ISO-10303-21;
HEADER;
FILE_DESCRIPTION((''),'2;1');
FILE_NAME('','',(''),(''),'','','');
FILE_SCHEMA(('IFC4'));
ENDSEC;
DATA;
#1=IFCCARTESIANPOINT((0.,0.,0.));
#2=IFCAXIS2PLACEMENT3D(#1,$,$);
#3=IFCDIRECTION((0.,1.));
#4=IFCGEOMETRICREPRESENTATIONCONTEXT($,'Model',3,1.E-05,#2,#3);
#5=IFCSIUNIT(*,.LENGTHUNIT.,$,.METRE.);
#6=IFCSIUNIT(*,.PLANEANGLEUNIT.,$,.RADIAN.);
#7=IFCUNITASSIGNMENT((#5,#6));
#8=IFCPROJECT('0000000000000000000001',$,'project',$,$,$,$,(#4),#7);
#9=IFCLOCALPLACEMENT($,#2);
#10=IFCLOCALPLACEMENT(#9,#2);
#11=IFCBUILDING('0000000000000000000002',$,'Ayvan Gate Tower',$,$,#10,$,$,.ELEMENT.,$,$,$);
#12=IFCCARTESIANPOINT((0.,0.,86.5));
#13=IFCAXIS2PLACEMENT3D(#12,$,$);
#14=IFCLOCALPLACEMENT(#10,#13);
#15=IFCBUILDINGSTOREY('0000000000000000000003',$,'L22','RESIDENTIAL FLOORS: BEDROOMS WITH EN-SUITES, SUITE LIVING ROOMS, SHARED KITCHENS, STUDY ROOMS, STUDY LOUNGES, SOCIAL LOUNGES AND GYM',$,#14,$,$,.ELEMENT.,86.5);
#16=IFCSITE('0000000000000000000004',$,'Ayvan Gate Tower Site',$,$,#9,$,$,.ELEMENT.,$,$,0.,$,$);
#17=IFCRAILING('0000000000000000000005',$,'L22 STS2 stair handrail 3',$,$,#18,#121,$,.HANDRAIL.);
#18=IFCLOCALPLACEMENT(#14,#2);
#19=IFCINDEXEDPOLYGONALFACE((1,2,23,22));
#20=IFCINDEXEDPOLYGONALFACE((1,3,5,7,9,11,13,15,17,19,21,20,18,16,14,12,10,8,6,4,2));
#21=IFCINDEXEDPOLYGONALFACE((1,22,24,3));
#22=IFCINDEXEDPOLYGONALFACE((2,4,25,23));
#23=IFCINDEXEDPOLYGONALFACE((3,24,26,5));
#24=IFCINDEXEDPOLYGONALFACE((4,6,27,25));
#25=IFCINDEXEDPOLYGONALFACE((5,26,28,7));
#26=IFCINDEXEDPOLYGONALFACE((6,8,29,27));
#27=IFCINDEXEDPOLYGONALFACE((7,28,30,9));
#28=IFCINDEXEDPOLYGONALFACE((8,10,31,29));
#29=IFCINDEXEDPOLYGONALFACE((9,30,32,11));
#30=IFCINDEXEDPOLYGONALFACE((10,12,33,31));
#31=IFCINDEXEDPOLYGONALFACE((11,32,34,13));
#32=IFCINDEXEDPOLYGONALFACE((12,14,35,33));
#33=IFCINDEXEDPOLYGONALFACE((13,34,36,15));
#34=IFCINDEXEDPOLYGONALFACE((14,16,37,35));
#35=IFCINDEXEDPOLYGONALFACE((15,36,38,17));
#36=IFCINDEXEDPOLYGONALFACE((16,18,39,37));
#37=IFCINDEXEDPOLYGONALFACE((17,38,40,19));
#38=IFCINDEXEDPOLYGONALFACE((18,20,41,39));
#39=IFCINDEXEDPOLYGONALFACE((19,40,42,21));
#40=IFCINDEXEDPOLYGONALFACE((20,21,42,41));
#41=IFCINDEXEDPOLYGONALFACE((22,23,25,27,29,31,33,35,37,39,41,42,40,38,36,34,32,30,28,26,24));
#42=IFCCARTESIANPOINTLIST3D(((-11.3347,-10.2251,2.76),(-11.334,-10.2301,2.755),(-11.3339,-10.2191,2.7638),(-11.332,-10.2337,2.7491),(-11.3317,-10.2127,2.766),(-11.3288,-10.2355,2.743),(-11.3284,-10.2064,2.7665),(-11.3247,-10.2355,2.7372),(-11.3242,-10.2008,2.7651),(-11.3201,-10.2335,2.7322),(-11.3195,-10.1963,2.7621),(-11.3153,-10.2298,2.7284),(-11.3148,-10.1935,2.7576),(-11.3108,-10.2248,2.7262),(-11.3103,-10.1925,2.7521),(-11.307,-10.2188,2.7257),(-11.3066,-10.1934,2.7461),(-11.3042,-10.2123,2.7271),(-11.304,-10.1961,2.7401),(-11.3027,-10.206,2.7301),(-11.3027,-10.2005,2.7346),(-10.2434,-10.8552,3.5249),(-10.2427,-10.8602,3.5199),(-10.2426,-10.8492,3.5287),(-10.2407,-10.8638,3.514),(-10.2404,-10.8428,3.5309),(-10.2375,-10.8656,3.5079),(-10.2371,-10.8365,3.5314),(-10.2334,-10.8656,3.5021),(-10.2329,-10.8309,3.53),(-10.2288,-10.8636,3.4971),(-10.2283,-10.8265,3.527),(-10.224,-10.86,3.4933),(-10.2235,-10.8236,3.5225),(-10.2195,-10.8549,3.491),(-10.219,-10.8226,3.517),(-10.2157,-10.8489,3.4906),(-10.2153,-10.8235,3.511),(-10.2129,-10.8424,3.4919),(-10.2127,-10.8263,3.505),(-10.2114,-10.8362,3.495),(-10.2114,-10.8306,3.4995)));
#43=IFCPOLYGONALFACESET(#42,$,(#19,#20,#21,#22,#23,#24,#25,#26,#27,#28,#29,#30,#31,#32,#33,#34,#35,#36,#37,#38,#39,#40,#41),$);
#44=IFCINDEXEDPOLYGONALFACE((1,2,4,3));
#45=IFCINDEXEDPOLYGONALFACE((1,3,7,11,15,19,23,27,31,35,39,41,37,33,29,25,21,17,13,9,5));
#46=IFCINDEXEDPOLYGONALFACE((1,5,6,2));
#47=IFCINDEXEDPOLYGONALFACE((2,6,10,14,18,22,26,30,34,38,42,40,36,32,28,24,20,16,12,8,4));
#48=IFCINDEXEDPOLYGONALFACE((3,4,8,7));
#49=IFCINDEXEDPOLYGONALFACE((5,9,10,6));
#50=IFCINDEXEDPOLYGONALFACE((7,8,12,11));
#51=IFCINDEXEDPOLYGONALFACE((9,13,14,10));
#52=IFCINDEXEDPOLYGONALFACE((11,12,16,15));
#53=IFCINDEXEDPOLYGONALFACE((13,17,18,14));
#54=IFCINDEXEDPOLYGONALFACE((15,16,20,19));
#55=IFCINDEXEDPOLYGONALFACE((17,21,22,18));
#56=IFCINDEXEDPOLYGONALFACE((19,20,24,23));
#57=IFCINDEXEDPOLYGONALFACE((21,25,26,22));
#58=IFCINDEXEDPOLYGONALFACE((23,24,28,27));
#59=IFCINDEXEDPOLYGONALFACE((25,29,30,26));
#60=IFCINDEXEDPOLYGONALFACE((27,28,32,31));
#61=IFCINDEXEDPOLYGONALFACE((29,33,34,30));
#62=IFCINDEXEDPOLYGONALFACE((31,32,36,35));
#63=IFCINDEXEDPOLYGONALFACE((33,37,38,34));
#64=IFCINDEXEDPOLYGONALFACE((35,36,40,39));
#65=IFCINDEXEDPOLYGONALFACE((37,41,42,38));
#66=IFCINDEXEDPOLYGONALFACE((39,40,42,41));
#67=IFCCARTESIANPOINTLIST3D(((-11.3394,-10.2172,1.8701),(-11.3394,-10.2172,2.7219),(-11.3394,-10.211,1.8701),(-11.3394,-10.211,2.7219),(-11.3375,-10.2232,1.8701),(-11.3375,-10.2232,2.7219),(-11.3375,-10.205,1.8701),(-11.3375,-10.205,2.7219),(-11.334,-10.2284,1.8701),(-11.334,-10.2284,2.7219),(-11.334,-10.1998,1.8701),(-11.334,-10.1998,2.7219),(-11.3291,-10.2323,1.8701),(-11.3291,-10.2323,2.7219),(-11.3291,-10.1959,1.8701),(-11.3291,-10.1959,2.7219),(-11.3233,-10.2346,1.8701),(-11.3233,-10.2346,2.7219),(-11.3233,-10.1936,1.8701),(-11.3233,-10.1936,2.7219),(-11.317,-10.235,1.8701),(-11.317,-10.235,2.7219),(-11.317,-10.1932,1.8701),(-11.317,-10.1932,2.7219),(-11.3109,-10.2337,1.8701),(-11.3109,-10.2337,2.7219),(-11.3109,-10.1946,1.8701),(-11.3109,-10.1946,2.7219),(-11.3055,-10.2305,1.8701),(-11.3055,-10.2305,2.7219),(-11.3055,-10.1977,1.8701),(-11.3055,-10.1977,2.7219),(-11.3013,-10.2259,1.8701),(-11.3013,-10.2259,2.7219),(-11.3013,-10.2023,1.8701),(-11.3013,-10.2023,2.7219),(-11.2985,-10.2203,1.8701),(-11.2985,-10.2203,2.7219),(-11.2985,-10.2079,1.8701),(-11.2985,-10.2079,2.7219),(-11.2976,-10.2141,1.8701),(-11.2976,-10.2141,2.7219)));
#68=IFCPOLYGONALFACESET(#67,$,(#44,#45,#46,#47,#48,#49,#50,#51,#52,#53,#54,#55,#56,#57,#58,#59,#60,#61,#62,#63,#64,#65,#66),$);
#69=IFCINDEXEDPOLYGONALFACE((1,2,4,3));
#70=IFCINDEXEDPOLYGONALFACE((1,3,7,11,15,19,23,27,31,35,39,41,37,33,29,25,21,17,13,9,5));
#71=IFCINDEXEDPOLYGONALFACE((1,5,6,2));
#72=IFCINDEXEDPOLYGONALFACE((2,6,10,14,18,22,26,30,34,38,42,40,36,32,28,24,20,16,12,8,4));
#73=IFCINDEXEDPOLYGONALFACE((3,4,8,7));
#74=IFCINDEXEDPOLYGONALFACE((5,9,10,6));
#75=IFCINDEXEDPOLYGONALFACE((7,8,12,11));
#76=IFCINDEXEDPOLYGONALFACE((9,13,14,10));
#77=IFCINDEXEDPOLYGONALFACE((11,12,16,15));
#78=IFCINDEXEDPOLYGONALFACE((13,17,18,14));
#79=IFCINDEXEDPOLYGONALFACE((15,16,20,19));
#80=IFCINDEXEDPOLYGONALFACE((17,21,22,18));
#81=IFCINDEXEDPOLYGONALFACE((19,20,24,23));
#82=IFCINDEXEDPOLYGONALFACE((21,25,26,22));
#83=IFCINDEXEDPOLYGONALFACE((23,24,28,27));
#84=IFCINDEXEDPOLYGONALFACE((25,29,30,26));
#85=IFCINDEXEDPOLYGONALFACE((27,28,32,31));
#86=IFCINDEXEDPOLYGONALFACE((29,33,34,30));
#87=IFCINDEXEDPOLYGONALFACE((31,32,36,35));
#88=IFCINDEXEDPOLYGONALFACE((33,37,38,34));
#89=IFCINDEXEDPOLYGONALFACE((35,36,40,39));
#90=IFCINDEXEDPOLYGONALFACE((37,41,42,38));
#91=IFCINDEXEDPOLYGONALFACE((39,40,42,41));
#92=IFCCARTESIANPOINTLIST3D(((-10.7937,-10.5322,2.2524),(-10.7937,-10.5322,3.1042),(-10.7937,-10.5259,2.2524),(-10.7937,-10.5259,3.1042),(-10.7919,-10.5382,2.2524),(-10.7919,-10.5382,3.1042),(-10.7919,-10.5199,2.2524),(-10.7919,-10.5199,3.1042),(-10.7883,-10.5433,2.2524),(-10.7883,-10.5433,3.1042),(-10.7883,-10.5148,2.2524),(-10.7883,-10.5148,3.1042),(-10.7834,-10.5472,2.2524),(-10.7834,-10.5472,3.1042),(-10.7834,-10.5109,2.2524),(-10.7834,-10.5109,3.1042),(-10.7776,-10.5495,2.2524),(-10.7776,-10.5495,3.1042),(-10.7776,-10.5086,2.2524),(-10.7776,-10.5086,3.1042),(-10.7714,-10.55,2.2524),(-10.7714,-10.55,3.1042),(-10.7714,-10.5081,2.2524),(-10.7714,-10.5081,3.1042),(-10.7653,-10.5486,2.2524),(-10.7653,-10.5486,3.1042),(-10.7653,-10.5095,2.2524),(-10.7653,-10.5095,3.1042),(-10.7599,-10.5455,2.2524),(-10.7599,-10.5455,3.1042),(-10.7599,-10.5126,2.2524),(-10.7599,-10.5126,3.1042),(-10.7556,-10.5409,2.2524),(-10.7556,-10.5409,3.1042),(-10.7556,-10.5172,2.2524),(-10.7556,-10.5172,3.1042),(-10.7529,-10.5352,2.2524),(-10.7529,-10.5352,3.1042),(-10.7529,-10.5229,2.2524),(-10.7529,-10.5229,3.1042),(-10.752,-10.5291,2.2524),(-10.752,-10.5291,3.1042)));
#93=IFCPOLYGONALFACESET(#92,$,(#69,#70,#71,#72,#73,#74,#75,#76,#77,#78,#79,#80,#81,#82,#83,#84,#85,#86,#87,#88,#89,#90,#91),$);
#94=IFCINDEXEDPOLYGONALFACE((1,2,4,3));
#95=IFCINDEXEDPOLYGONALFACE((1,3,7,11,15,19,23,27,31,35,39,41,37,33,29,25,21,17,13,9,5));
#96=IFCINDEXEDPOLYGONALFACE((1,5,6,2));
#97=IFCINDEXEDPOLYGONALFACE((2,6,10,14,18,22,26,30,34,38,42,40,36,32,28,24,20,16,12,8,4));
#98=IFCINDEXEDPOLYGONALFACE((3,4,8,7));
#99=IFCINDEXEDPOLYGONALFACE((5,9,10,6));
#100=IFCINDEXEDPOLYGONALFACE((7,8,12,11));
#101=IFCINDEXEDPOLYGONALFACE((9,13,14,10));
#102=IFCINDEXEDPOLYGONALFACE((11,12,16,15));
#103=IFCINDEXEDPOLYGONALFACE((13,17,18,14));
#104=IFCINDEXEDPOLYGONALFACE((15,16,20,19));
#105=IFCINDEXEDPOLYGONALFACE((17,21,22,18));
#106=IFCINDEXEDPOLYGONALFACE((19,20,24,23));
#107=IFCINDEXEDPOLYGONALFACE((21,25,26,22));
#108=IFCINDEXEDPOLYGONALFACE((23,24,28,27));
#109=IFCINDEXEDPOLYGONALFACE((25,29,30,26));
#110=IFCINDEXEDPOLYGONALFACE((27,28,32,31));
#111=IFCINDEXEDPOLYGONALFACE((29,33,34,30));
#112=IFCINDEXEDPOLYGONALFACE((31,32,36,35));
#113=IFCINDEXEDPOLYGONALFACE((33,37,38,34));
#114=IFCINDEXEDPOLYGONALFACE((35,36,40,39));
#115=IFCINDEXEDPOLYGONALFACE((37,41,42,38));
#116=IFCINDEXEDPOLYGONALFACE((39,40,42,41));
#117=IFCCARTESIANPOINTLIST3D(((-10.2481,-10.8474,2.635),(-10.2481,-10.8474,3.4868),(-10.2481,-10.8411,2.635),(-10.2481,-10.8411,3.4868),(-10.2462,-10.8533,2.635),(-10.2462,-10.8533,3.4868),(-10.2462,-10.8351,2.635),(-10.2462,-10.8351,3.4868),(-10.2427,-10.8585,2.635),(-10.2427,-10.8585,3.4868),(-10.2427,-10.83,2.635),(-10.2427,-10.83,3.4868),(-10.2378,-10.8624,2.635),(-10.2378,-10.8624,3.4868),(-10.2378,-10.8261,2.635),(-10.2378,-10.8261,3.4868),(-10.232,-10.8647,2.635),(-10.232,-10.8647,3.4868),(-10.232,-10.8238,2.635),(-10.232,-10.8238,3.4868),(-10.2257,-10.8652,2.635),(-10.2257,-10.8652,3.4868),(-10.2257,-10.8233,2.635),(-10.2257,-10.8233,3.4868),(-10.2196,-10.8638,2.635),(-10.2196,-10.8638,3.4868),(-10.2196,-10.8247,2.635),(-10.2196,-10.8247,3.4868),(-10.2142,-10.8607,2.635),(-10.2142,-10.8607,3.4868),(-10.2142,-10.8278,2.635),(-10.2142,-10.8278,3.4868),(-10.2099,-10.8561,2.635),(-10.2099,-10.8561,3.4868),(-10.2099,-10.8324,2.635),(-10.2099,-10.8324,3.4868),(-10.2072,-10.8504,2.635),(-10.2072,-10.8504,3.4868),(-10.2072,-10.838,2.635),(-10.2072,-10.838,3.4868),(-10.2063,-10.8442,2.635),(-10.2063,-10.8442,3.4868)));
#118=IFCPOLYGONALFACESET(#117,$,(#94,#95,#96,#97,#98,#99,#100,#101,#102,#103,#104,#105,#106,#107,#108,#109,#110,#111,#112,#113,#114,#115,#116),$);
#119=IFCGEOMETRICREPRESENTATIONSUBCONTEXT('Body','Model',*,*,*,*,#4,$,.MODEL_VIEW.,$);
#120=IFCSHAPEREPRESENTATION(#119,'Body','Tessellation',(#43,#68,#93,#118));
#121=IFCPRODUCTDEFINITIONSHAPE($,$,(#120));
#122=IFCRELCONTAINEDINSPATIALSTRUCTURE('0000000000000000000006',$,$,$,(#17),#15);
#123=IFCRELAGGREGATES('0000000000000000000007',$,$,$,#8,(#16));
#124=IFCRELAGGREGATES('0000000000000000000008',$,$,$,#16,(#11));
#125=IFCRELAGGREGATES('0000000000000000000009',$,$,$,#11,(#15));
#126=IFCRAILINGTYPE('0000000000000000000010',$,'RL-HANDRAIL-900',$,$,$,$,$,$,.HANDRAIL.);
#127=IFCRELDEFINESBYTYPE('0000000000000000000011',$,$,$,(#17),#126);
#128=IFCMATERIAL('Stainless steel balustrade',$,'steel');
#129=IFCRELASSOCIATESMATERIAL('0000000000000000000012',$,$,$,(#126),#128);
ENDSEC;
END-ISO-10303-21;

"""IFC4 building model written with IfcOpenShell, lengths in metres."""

from ifc_helpers import new_model, si_unit, direction, frame, origin, origin_2d, place, context, subcontext, project, spatial, circle, extrude, material, type_object, element, save


model = new_model("IFC4")

# Units and contexts
model_context = context("Model", 3, precision=1e-05, world=origin(), true_north=direction((0.0, 1.0)))
body_context = subcontext(model_context, "Body", "Model", "MODEL_VIEW")
ifc_project = project(units=[si_unit("LENGTHUNIT", "METRE"), si_unit("PLANEANGLEUNIT", "RADIAN")], contexts=[model_context])

# Site, building, storey
site_placement = place(None, origin())
site = spatial("IfcSite", under=ifc_project, at=site_placement, Name="Ayvan Gate Tower Site", CompositionType="ELEMENT", RefElevation=0.0)
building_placement = place(site_placement, origin())
building = spatial("IfcBuilding", under=site, at=building_placement, Name="Ayvan Gate Tower", CompositionType="ELEMENT")
storey_placement = place(building_placement, frame((0.0, 0.0, 86.5)))
storey = spatial("IfcBuildingStorey", under=building, at=storey_placement, Name="L22", Description="RESIDENTIAL FLOORS: BEDROOMS WITH EN-SUITES, SUITE LIVING ROOMS, SHARED KITCHENS, STUDY ROOMS, STUDY LOUNGES, SOCIAL LOUNGES AND GYM", CompositionType="ELEMENT", Elevation=86.5)

# Railing
ifc_material_1 = material(Name="Stainless steel balustrade", Category="steel")
railing_type_1 = type_object("IfcRailingType", Name="RL-HANDRAIL-900", PredefinedType="HANDRAIL", material=ifc_material_1)
railing_1_placement = place(storey_placement, frame((-11.3186, -10.2141, 1.8701)))
element("IfcRailing", 1, at=railing_1_placement, inside=storey, type_object=railing_type_1, Name="L22 STS2 stair handrail 3", PredefinedType="HANDRAIL", context=body_context, shape_type="SweptSolid", body=[
    extrude(circle(Radius=0.0239, at=origin_2d()), frame((0.0, 0.0, 0.876), z_axis=(0.740304, -0.427455, 0.518875), x_axis=(0.500035, 0.866005, 0.0)), (0.0, 0.0, 1.0), 1.4741),
    extrude(circle(Radius=0.021, at=origin_2d()), origin(), (0.0, 0.0, 1.0), 0.8518),
    extrude(circle(Radius=0.021, at=origin_2d()), frame((0.5457, -0.3149, 0.3823)), (0.0, 0.0, 1.0), 0.8518),
    extrude(circle(Radius=0.021, at=origin_2d()), frame((1.0913, -0.6301, 0.7649)), (0.0, 0.0, 1.0), 0.8518),
])

save(model, "model.ifc")
